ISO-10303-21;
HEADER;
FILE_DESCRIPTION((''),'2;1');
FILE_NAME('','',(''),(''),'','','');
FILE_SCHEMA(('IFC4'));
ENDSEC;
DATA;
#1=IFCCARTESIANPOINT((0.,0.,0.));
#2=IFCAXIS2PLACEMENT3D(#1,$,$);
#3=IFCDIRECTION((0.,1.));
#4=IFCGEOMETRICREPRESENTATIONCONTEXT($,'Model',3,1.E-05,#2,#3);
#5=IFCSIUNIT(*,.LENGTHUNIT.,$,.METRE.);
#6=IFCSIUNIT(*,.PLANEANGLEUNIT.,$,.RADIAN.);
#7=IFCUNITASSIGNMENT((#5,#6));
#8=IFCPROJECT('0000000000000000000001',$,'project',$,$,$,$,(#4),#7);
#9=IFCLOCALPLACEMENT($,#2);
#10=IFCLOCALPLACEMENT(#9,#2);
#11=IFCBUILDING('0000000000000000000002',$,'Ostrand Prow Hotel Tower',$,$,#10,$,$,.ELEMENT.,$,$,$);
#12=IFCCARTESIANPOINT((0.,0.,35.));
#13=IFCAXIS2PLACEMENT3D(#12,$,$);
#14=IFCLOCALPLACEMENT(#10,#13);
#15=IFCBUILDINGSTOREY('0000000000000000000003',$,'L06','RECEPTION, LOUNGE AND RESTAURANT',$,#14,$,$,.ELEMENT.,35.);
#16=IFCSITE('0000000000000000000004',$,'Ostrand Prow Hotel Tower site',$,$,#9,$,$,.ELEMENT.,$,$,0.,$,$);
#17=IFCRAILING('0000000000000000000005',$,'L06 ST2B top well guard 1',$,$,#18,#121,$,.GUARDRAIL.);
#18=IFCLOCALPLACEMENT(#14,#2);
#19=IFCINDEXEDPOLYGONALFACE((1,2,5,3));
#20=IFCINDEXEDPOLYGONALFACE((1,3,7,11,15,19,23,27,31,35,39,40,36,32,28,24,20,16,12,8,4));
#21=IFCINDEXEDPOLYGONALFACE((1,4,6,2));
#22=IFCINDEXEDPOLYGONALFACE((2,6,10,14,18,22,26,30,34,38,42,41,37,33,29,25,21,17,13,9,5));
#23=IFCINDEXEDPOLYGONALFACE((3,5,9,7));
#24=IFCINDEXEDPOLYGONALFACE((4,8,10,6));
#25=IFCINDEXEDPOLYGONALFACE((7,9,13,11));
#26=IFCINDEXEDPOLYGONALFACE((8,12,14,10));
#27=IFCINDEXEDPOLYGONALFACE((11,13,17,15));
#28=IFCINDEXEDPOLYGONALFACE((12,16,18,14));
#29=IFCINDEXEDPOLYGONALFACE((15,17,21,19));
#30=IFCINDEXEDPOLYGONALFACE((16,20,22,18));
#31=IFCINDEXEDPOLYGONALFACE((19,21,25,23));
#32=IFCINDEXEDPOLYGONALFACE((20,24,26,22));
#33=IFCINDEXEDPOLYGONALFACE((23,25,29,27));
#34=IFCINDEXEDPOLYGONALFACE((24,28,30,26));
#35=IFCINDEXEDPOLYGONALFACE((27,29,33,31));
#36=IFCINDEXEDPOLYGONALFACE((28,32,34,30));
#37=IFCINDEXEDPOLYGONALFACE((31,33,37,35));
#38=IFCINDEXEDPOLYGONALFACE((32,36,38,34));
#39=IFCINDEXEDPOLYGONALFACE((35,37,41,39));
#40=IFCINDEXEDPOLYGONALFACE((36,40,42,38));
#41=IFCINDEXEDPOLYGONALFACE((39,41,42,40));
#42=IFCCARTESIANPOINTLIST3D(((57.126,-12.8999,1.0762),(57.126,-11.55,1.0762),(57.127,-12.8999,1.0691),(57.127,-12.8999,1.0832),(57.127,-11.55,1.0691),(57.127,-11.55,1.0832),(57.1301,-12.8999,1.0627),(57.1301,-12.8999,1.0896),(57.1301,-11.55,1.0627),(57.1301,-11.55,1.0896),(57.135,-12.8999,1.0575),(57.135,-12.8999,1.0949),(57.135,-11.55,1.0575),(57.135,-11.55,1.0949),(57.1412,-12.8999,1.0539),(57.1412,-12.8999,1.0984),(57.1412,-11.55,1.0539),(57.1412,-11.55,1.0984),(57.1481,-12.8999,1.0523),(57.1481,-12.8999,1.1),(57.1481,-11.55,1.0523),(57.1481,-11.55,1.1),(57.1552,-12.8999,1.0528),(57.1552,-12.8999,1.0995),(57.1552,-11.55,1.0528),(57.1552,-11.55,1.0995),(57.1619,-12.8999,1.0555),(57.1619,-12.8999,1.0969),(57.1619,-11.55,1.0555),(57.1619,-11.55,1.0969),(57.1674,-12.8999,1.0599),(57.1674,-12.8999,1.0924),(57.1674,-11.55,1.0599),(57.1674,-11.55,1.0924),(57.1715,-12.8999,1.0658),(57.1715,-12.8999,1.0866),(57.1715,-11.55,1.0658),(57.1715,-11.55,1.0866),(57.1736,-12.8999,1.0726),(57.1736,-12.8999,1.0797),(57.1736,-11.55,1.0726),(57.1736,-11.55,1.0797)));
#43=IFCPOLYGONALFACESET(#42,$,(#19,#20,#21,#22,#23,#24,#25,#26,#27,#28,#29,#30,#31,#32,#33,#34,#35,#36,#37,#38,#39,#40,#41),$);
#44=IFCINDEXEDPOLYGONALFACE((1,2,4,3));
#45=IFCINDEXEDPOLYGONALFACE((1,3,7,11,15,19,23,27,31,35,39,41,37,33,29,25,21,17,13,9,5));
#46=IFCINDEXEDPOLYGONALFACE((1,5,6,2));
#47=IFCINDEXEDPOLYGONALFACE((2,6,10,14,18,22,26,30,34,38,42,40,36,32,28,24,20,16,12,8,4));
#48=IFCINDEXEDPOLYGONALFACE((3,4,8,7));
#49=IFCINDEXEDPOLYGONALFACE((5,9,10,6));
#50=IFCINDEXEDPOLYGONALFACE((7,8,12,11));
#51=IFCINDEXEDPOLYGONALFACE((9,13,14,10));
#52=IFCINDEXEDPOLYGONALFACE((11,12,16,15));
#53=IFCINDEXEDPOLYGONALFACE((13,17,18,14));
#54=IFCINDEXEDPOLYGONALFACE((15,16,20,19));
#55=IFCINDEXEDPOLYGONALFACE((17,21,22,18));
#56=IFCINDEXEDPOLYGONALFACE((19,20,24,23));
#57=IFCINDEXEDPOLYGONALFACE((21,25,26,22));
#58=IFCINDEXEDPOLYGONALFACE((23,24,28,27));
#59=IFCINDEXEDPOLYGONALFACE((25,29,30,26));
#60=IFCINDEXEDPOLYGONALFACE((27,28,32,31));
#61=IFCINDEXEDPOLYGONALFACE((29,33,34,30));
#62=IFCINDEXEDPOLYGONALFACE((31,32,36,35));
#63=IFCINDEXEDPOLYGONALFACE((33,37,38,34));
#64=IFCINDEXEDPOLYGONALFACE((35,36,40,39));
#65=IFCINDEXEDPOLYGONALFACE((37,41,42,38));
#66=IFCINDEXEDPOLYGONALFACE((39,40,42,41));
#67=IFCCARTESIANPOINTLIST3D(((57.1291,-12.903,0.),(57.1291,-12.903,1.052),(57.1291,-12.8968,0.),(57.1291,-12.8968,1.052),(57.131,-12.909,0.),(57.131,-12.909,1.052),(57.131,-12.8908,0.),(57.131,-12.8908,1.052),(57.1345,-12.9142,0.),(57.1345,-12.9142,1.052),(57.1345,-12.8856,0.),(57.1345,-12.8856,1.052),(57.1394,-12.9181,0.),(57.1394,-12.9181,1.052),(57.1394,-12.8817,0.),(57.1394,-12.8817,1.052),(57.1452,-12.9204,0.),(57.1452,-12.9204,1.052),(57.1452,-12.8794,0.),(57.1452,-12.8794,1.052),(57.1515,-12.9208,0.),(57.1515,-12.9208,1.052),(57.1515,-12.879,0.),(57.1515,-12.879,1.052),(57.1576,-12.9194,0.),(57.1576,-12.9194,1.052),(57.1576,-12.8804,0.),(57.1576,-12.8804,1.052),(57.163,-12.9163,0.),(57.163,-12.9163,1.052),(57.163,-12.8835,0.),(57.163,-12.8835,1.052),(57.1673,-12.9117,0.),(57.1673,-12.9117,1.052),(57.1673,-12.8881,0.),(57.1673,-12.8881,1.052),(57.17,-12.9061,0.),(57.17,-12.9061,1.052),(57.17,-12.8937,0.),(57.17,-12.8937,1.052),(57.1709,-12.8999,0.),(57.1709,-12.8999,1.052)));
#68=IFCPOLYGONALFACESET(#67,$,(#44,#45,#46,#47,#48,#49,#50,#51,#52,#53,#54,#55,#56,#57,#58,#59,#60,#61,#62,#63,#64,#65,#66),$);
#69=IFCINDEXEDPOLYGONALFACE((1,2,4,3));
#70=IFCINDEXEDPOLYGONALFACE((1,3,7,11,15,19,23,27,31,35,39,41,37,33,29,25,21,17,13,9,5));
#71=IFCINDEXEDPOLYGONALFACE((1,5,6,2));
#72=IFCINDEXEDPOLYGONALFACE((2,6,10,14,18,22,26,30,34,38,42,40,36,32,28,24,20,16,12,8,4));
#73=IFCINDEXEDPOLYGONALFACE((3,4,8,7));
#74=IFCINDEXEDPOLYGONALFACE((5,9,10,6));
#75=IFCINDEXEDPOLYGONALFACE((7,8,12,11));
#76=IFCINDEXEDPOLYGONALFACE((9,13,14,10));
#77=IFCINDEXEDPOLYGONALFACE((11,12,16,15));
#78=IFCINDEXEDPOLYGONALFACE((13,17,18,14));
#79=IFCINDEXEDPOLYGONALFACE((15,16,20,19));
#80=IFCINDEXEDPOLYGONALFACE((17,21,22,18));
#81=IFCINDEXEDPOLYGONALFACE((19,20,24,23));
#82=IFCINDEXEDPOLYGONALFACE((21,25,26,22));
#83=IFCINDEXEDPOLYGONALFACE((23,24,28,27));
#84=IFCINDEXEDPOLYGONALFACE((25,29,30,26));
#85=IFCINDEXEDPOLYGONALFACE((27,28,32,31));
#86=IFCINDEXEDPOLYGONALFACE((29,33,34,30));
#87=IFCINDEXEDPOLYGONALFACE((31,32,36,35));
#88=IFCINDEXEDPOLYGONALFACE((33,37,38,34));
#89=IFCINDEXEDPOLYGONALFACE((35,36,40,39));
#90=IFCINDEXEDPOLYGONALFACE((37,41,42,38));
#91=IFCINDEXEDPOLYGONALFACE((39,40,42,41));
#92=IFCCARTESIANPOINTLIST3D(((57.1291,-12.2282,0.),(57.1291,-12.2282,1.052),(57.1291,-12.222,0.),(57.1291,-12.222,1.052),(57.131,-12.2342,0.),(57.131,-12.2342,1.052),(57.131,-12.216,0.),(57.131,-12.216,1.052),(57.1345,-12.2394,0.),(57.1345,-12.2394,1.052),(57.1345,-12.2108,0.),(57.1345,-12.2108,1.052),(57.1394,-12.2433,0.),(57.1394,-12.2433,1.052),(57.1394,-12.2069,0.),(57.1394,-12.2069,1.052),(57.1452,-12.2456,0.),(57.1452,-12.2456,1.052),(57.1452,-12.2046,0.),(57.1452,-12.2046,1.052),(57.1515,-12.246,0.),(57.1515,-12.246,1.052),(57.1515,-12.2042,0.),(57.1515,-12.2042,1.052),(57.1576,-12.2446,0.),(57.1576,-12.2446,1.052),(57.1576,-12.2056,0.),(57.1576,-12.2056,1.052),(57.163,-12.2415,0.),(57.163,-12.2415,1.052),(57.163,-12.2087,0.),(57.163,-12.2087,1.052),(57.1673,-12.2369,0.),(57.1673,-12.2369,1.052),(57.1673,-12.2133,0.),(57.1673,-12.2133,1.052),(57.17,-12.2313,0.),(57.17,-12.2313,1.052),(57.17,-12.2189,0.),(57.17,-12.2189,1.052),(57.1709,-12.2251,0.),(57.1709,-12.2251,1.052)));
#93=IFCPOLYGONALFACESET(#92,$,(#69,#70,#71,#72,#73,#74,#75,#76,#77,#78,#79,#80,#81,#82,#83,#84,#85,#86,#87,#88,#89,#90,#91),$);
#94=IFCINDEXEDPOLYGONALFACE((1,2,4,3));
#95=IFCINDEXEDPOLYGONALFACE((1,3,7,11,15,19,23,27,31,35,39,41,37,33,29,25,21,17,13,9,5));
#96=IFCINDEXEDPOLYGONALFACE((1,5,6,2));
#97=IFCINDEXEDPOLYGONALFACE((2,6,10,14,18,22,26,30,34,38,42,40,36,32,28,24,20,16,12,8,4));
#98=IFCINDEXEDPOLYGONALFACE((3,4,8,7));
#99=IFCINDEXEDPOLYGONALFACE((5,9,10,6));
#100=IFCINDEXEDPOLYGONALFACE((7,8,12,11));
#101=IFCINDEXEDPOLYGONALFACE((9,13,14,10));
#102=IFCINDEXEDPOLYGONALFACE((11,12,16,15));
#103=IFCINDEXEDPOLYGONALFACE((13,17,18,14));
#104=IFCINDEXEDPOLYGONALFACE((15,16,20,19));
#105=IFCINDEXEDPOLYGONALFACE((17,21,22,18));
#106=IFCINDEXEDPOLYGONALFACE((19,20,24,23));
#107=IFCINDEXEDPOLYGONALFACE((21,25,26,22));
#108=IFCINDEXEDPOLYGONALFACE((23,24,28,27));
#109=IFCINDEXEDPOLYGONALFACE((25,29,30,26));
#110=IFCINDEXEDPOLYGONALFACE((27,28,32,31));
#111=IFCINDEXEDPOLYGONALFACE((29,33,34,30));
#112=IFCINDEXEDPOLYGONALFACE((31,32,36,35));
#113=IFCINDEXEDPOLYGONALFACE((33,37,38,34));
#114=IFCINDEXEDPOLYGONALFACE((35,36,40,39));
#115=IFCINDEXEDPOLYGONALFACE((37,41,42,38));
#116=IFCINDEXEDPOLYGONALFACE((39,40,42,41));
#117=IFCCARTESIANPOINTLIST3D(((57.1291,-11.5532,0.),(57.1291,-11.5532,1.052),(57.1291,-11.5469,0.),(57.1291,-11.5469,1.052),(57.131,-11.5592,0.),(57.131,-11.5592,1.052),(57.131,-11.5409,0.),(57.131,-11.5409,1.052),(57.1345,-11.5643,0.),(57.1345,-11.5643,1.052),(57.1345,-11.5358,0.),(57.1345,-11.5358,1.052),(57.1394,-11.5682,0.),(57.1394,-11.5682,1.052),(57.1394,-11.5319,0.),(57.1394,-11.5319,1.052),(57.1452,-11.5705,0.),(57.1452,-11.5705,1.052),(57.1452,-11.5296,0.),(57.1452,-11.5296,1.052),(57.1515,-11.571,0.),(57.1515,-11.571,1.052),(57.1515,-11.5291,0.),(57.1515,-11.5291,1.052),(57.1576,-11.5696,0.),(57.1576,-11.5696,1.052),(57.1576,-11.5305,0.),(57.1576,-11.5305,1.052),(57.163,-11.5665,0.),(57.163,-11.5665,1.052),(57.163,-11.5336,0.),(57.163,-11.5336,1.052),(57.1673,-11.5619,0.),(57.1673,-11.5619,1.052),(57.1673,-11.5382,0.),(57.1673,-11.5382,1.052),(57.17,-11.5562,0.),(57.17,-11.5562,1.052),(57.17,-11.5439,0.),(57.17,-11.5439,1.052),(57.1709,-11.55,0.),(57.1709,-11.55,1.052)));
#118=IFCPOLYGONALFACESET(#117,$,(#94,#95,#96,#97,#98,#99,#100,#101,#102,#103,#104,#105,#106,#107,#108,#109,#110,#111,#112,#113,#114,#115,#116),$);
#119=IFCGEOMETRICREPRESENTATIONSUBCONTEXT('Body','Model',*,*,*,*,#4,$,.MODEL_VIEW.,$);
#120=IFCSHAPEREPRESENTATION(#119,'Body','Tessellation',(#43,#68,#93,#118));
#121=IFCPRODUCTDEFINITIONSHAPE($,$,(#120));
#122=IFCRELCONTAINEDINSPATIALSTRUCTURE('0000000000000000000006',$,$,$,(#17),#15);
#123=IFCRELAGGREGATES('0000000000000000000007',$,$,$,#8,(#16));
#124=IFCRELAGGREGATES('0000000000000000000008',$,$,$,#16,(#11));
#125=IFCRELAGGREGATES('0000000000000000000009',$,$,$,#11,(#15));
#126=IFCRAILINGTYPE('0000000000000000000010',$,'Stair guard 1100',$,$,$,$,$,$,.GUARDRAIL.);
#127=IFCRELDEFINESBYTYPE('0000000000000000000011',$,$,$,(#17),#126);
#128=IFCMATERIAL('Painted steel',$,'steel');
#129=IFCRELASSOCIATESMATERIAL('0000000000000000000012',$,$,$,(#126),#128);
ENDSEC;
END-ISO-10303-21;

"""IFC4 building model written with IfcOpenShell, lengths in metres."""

from ifc_helpers import new_model, si_unit, direction, frame, origin, origin_2d, place, context, subcontext, project, spatial, circle, extrude, material, type_object, element, save


model = new_model("IFC4")

# Units and contexts
model_context = context("Model", 3, precision=1e-05, world=origin(), true_north=direction((0.0, 1.0)))
body_context = subcontext(model_context, "Body", "Model", "MODEL_VIEW")
ifc_project = project(units=[si_unit("LENGTHUNIT", "METRE"), si_unit("PLANEANGLEUNIT", "RADIAN")], contexts=[model_context])

# Site, building, storey
site_placement = place(None, origin())
site = spatial("IfcSite", under=ifc_project, at=site_placement, Name="Ostrand Prow Hotel Tower site", CompositionType="ELEMENT", RefElevation=0.0)
building_placement = place(site_placement, origin())
building = spatial("IfcBuilding", under=site, at=building_placement, Name="Ostrand Prow Hotel Tower", CompositionType="ELEMENT")
storey_placement = place(building_placement, frame((0.0, 0.0, 35.0)))
storey = spatial("IfcBuildingStorey", under=building, at=storey_placement, Name="L06", Description="RECEPTION, LOUNGE AND RESTAURANT", CompositionType="ELEMENT", Elevation=35.0)

# Railing
ifc_material_1 = material(Name="Painted steel", Category="steel")
railing_type_1 = type_object("IfcRailingType", Name="Stair guard 1100", PredefinedType="GUARDRAIL", material=ifc_material_1)
railing_1_placement = place(storey_placement, frame((57.1499, -12.8999, 0.0)))
element("IfcRailing", 1, at=railing_1_placement, inside=storey, type_object=railing_type_1, Name="L06 ST2B top well guard 1", PredefinedType="GUARDRAIL", context=body_context, shape_type="SweptSolid", body=[
    extrude(circle(Radius=0.0239, at=origin_2d()), frame((0.0, 0.0, 1.0762), z_axis=(0.0, 1.0, 0.0), x_axis=(-1.0, 0.0, 0.0)), (0.0, 0.0, 1.0), 1.3499),
    extrude(circle(Radius=0.021, at=origin_2d()), origin(), (0.0, 0.0, 1.0), 1.052),
    extrude(circle(Radius=0.021, at=origin_2d()), frame((0.0, 0.6748, 0.0)), (0.0, 0.0, 1.0), 1.052),
    extrude(circle(Radius=0.021, at=origin_2d()), frame((0.0, 1.3499, 0.0)), (0.0, 0.0, 1.0), 1.052),
])

save(model, "model.ifc")
